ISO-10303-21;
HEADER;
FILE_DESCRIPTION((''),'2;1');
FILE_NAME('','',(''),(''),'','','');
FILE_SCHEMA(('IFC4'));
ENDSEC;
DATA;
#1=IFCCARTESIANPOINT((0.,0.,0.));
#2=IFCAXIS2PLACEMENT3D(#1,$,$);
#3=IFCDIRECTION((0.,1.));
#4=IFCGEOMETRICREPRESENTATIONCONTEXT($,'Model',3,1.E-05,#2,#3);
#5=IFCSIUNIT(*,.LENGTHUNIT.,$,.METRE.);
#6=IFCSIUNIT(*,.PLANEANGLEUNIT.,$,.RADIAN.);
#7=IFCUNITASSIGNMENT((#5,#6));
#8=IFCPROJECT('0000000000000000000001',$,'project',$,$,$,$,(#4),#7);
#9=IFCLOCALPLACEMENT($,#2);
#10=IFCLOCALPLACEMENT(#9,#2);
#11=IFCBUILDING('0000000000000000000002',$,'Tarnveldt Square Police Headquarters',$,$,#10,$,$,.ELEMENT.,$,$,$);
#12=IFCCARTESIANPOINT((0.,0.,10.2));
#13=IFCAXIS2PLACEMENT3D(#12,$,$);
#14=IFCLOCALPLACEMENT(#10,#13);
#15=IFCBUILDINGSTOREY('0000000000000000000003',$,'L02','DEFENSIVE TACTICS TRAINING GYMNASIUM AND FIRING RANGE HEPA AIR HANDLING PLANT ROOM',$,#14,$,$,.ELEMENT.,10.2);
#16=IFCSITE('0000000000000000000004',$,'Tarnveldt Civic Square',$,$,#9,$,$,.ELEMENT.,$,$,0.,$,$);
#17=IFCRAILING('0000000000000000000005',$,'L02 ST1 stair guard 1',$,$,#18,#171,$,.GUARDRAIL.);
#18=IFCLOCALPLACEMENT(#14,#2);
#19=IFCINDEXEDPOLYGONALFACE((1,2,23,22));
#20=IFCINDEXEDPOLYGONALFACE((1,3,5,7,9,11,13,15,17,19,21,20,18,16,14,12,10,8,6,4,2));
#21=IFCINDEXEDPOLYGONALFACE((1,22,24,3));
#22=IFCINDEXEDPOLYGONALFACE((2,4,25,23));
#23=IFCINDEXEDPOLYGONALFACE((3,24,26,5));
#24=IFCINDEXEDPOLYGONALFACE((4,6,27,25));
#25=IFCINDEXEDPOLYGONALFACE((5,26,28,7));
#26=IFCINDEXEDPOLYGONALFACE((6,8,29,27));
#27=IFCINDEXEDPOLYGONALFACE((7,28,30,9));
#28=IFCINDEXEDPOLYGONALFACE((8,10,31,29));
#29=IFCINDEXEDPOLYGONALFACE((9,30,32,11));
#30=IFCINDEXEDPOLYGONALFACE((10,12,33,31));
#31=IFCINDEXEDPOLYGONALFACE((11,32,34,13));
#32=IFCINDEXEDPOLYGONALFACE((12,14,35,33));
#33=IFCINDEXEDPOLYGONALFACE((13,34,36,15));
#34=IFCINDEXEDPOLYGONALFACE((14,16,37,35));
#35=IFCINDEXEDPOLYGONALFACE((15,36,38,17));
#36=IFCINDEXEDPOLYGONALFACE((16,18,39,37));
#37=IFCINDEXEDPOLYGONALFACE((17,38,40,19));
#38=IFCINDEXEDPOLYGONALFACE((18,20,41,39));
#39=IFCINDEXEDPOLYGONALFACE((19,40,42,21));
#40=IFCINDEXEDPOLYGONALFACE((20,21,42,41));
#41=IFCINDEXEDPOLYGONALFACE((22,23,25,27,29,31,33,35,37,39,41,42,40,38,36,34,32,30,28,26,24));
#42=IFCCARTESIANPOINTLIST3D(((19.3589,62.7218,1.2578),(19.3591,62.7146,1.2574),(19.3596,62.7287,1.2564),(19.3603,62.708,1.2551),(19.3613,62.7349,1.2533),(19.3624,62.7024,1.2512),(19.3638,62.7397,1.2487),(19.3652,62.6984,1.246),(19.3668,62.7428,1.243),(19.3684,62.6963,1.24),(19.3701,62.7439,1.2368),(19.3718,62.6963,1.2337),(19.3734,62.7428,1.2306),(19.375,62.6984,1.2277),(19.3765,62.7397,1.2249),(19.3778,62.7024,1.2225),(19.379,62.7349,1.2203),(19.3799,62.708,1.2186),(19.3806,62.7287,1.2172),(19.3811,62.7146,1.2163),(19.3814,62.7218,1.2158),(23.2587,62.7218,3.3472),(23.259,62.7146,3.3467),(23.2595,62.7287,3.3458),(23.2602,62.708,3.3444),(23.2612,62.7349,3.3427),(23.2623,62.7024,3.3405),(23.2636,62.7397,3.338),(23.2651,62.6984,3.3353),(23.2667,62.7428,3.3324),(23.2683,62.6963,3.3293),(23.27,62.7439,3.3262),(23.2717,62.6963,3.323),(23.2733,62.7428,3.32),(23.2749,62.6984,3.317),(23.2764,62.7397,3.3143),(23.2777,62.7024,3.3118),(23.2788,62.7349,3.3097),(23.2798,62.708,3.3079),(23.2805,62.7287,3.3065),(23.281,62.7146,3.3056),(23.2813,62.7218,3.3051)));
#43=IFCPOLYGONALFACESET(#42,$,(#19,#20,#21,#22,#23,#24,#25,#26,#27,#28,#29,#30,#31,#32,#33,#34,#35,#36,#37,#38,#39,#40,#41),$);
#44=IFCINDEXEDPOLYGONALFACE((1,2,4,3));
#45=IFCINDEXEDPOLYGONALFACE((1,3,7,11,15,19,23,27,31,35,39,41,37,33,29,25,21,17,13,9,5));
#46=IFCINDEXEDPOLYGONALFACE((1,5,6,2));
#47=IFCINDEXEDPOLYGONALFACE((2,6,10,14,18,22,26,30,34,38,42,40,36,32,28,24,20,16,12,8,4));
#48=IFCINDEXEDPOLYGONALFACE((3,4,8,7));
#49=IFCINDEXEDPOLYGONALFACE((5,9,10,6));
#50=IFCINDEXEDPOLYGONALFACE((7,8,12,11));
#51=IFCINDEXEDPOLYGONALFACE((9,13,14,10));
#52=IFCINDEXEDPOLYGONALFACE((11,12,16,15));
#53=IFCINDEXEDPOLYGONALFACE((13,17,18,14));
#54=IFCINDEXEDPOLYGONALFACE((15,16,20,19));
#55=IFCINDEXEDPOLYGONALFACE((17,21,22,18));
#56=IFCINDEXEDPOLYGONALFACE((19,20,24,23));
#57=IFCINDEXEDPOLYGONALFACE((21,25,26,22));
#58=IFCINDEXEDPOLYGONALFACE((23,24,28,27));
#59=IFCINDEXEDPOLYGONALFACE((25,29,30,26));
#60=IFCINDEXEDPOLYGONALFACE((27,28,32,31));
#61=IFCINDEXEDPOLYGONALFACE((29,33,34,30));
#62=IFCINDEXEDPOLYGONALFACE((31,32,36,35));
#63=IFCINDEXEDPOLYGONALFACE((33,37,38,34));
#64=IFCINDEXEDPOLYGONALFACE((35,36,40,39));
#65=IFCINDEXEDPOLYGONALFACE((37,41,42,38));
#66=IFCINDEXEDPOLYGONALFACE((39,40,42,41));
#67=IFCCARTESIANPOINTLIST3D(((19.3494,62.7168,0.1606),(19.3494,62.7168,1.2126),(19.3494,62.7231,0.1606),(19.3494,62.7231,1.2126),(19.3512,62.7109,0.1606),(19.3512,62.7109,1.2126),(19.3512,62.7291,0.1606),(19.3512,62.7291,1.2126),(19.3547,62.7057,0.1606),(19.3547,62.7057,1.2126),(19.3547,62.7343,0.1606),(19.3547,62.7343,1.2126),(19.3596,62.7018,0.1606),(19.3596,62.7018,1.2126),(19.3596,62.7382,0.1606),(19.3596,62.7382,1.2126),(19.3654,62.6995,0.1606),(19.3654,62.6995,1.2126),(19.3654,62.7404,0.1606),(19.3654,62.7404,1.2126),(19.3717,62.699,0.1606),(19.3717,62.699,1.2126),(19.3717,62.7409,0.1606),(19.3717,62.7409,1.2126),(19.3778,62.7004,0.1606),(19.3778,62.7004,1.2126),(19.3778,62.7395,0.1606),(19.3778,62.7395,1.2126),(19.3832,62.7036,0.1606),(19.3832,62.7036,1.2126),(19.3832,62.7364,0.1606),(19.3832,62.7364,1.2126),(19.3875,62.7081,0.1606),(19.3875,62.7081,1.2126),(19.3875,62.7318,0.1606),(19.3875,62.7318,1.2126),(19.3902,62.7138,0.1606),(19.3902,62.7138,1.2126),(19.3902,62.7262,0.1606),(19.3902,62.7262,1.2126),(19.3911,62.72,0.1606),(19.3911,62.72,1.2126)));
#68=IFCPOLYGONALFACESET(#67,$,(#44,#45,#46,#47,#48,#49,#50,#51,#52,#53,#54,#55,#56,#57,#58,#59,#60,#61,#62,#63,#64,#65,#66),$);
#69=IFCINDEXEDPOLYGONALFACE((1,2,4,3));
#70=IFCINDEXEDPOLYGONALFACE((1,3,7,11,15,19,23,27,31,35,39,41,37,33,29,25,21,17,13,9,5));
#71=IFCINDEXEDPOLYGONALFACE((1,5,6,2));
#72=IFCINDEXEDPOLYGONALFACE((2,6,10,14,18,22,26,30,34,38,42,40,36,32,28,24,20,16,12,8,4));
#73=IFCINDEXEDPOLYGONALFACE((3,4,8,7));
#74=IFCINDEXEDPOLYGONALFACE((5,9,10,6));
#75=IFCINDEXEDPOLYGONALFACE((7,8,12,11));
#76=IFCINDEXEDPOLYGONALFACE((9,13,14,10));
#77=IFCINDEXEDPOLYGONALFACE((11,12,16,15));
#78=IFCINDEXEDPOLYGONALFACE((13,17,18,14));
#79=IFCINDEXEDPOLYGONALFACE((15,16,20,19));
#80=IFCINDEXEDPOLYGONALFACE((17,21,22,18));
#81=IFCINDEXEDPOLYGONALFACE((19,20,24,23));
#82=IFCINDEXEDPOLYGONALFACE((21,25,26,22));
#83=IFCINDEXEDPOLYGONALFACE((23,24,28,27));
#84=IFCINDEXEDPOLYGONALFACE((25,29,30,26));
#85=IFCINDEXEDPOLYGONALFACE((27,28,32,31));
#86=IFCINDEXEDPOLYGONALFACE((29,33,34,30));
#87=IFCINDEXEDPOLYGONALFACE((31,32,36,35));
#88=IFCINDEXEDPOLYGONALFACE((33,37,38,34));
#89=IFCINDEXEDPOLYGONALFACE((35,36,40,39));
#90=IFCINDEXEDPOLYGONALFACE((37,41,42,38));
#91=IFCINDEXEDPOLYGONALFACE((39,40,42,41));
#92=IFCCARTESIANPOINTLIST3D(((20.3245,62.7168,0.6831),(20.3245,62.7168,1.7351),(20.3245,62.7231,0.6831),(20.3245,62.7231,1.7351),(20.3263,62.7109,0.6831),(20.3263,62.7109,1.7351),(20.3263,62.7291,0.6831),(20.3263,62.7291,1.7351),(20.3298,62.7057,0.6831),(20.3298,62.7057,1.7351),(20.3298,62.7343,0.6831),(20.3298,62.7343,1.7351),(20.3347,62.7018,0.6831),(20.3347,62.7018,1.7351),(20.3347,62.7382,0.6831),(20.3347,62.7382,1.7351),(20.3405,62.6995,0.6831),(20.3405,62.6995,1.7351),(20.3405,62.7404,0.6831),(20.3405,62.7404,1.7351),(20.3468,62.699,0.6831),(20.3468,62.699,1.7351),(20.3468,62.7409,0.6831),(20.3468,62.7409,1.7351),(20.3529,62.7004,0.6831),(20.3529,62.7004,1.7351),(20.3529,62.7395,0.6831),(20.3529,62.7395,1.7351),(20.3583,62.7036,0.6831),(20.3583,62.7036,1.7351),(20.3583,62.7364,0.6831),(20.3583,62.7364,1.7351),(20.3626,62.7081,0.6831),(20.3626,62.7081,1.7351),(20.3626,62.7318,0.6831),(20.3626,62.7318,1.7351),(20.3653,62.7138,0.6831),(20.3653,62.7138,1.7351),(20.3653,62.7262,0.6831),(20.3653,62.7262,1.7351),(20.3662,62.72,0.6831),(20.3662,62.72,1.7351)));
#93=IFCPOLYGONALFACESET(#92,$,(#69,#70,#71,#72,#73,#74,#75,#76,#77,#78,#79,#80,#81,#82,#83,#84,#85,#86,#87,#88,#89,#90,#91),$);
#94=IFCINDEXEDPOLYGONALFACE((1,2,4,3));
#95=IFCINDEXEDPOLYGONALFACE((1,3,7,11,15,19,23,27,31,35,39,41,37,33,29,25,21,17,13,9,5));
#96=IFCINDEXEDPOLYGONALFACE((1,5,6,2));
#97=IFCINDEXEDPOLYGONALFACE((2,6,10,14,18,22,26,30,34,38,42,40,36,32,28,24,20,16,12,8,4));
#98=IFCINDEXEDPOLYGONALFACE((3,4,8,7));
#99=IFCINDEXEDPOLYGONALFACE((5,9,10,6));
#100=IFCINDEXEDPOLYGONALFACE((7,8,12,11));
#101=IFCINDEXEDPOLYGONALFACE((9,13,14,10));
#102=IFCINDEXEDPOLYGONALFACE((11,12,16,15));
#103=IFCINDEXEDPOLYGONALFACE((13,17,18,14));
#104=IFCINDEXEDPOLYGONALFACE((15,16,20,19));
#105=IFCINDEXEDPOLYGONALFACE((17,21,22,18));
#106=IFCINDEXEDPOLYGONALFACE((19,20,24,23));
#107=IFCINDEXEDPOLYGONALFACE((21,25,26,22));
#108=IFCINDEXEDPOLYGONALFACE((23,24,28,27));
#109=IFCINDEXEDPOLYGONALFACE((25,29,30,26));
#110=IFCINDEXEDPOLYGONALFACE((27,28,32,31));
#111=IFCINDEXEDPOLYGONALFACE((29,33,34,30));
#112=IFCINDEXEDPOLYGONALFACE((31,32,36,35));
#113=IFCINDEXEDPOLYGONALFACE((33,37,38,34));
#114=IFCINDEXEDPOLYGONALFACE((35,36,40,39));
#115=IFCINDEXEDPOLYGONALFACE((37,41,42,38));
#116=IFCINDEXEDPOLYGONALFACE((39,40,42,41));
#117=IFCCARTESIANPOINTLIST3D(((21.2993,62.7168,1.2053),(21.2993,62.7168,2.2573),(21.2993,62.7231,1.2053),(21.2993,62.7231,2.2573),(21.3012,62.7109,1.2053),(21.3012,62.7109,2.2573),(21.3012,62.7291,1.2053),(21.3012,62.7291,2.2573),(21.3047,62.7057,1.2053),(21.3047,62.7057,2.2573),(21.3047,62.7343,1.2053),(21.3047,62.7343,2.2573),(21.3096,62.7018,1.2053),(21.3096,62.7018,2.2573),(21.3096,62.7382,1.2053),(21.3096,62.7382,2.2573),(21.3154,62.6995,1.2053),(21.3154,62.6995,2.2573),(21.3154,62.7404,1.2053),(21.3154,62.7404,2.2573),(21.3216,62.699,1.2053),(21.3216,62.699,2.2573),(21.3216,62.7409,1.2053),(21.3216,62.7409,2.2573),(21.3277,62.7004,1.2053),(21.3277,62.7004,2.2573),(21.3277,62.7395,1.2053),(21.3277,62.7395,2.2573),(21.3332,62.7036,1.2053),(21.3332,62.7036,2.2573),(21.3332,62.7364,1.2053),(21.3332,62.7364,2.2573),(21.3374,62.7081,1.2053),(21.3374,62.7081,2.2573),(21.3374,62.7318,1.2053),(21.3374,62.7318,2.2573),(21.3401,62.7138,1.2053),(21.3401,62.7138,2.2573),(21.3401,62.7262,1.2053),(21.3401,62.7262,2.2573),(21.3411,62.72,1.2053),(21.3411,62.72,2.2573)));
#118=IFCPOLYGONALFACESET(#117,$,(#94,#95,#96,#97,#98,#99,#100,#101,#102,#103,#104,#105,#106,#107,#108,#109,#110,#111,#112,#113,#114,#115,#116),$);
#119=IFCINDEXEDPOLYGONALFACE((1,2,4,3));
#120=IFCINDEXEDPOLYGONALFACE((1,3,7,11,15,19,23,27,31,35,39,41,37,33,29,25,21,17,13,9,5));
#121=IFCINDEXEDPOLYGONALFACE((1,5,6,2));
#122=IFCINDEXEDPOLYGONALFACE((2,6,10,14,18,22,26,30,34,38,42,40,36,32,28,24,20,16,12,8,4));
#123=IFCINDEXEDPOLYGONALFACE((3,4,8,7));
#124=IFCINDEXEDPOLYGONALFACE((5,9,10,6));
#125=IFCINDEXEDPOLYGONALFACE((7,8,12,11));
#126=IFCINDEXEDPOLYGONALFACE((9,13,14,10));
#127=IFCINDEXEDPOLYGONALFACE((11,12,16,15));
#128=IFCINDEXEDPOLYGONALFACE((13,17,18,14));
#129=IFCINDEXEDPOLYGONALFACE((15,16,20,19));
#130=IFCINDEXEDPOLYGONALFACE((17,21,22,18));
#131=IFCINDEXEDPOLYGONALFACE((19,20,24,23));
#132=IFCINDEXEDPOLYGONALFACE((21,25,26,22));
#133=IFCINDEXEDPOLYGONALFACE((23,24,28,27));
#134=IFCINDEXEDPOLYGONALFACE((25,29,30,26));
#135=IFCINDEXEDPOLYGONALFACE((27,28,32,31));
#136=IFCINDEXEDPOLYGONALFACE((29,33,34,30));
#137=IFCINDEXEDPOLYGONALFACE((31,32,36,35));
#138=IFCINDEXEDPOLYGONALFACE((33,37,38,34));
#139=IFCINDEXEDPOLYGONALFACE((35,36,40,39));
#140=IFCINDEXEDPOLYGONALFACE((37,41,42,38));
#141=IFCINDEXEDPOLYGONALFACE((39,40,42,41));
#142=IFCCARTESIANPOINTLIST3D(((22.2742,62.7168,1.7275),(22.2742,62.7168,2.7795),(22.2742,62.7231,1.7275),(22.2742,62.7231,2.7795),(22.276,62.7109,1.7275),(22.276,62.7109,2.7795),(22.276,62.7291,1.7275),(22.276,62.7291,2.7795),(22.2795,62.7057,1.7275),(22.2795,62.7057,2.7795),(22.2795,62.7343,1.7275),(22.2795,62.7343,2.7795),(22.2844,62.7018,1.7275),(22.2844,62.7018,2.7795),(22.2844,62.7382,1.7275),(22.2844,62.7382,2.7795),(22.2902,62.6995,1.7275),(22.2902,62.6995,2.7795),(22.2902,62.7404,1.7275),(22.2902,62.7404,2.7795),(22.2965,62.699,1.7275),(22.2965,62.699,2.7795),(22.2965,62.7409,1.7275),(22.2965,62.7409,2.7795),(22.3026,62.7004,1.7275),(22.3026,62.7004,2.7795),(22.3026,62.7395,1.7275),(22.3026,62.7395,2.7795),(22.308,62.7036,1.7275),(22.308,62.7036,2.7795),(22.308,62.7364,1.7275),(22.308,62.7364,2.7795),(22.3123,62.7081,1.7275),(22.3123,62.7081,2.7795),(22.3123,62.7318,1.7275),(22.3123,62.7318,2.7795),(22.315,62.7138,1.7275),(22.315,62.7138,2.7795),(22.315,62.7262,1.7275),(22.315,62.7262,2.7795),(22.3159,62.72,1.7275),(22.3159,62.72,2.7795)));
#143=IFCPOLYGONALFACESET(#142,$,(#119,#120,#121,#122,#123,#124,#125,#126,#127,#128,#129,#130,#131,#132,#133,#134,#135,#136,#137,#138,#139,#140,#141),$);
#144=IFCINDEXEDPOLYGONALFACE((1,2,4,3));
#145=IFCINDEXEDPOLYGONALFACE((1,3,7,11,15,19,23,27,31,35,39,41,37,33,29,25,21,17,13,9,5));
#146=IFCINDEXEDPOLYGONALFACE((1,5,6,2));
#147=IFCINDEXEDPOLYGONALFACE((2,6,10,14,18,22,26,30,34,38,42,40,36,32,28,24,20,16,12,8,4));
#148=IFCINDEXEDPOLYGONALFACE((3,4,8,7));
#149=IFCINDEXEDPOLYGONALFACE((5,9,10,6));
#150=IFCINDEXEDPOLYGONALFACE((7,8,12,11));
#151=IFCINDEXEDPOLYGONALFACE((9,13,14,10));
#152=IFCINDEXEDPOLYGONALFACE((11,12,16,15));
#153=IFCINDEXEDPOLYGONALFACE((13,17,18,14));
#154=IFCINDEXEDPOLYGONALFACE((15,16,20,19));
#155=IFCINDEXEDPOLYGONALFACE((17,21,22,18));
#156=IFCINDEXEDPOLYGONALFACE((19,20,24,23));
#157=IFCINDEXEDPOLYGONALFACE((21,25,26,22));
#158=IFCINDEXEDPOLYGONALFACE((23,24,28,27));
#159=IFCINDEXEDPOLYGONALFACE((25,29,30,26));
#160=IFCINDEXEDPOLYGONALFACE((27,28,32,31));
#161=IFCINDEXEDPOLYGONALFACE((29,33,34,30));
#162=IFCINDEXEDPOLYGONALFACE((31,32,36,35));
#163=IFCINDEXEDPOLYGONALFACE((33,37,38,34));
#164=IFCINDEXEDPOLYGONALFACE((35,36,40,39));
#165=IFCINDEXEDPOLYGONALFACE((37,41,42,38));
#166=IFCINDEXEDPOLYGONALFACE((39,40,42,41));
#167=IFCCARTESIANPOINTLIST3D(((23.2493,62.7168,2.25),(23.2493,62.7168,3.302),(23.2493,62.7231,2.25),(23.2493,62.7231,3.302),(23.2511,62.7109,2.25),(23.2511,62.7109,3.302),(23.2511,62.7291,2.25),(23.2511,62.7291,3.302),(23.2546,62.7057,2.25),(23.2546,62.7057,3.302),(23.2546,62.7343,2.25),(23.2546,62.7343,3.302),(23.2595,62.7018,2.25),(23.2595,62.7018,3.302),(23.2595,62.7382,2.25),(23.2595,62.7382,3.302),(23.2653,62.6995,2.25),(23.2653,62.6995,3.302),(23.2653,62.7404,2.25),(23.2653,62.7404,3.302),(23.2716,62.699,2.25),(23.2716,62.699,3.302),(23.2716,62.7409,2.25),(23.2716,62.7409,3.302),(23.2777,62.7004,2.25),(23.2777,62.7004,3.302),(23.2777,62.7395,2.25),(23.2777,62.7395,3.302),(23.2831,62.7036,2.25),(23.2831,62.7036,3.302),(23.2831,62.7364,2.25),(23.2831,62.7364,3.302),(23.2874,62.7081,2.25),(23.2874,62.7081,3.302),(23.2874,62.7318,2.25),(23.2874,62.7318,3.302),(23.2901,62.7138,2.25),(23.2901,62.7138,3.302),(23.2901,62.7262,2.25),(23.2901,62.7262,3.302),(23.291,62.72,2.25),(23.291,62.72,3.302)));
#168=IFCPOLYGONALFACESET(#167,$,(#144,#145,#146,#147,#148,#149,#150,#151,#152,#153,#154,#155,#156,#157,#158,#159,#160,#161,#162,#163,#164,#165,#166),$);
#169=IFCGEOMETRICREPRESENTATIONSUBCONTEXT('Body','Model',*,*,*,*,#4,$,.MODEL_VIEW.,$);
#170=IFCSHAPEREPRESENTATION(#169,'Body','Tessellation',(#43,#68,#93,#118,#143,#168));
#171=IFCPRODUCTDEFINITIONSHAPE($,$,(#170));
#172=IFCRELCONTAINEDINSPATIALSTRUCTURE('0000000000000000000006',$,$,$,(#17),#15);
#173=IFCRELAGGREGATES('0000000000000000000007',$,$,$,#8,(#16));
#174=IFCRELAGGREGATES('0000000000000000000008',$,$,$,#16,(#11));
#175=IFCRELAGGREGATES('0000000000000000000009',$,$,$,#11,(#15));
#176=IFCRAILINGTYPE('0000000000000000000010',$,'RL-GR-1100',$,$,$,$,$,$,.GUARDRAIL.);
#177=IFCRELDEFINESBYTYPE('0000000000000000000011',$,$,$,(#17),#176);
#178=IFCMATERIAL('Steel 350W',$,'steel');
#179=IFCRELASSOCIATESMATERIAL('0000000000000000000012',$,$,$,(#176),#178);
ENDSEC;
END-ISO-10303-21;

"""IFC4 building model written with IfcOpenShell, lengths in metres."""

from ifc_helpers import new_model, si_unit, direction, frame, origin, origin_2d, place, context, subcontext, project, spatial, circle, extrude, material, type_object, element, save


model = new_model("IFC4")

# Units and contexts
model_context = context("Model", 3, precision=1e-05, world=origin(), true_north=direction((0.0, 1.0)))
body_context = subcontext(model_context, "Body", "Model", "MODEL_VIEW")
ifc_project = project(units=[si_unit("LENGTHUNIT", "METRE"), si_unit("PLANEANGLEUNIT", "RADIAN")], contexts=[model_context])

# Site, building, storey
site_placement = place(None, origin())
site = spatial("IfcSite", under=ifc_project, at=site_placement, Name="Tarnveldt Civic Square", CompositionType="ELEMENT", RefElevation=0.0)
building_placement = place(site_placement, origin())
building = spatial("IfcBuilding", under=site, at=building_placement, Name="Tarnveldt Square Police Headquarters", CompositionType="ELEMENT")
storey_placement = place(building_placement, frame((0.0, 0.0, 10.2)))
storey = spatial("IfcBuildingStorey", under=building, at=storey_placement, Name="L02", Description="DEFENSIVE TACTICS TRAINING GYMNASIUM AND FIRING RANGE HEPA AIR HANDLING PLANT ROOM", CompositionType="ELEMENT", Elevation=10.2)

# Shared definitions
ifc_material_1 = material(Name="Steel 350W", Category="steel")

# Railing
railing_type_1 = type_object("IfcRailingType", Name="RL-GR-1100", PredefinedType="GUARDRAIL", material=ifc_material_1)
railing_1_placement = place(storey_placement, frame((19.3701, 62.72, 0.1606)))
element("IfcRailing", 1, at=railing_1_placement, inside=storey, type_object=railing_type_1, Name="L02 ST1 stair guard 1", PredefinedType="GUARDRAIL", context=body_context, shape_type="SweptSolid", body=[
    extrude(circle(Radius=0.0239, at=origin_2d()), frame((0.0, 0.0, 1.0762), z_axis=(0.881468, 0.0, 0.472243), x_axis=(0.0, 1.0, 0.0)), (0.0, 0.0, 1.0), 4.4243),
    extrude(circle(Radius=0.021, at=origin_2d()), origin(), (0.0, 0.0, 1.0), 1.052),
    extrude(circle(Radius=0.021, at=origin_2d()), frame((0.9751, 0.0, 0.5225)), (0.0, 0.0, 1.0), 1.052),
    extrude(circle(Radius=0.021, at=origin_2d()), frame((1.95, 0.0, 1.0447)), (0.0, 0.0, 1.0), 1.052),
    extrude(circle(Radius=0.021, at=origin_2d()), frame((2.9248, 0.0, 1.5669)), (0.0, 0.0, 1.0), 1.052),
    extrude(circle(Radius=0.021, at=origin_2d()), frame((3.8999, 0.0, 2.0894)), (0.0, 0.0, 1.0), 1.052),
])

save(model, "model.ifc")
